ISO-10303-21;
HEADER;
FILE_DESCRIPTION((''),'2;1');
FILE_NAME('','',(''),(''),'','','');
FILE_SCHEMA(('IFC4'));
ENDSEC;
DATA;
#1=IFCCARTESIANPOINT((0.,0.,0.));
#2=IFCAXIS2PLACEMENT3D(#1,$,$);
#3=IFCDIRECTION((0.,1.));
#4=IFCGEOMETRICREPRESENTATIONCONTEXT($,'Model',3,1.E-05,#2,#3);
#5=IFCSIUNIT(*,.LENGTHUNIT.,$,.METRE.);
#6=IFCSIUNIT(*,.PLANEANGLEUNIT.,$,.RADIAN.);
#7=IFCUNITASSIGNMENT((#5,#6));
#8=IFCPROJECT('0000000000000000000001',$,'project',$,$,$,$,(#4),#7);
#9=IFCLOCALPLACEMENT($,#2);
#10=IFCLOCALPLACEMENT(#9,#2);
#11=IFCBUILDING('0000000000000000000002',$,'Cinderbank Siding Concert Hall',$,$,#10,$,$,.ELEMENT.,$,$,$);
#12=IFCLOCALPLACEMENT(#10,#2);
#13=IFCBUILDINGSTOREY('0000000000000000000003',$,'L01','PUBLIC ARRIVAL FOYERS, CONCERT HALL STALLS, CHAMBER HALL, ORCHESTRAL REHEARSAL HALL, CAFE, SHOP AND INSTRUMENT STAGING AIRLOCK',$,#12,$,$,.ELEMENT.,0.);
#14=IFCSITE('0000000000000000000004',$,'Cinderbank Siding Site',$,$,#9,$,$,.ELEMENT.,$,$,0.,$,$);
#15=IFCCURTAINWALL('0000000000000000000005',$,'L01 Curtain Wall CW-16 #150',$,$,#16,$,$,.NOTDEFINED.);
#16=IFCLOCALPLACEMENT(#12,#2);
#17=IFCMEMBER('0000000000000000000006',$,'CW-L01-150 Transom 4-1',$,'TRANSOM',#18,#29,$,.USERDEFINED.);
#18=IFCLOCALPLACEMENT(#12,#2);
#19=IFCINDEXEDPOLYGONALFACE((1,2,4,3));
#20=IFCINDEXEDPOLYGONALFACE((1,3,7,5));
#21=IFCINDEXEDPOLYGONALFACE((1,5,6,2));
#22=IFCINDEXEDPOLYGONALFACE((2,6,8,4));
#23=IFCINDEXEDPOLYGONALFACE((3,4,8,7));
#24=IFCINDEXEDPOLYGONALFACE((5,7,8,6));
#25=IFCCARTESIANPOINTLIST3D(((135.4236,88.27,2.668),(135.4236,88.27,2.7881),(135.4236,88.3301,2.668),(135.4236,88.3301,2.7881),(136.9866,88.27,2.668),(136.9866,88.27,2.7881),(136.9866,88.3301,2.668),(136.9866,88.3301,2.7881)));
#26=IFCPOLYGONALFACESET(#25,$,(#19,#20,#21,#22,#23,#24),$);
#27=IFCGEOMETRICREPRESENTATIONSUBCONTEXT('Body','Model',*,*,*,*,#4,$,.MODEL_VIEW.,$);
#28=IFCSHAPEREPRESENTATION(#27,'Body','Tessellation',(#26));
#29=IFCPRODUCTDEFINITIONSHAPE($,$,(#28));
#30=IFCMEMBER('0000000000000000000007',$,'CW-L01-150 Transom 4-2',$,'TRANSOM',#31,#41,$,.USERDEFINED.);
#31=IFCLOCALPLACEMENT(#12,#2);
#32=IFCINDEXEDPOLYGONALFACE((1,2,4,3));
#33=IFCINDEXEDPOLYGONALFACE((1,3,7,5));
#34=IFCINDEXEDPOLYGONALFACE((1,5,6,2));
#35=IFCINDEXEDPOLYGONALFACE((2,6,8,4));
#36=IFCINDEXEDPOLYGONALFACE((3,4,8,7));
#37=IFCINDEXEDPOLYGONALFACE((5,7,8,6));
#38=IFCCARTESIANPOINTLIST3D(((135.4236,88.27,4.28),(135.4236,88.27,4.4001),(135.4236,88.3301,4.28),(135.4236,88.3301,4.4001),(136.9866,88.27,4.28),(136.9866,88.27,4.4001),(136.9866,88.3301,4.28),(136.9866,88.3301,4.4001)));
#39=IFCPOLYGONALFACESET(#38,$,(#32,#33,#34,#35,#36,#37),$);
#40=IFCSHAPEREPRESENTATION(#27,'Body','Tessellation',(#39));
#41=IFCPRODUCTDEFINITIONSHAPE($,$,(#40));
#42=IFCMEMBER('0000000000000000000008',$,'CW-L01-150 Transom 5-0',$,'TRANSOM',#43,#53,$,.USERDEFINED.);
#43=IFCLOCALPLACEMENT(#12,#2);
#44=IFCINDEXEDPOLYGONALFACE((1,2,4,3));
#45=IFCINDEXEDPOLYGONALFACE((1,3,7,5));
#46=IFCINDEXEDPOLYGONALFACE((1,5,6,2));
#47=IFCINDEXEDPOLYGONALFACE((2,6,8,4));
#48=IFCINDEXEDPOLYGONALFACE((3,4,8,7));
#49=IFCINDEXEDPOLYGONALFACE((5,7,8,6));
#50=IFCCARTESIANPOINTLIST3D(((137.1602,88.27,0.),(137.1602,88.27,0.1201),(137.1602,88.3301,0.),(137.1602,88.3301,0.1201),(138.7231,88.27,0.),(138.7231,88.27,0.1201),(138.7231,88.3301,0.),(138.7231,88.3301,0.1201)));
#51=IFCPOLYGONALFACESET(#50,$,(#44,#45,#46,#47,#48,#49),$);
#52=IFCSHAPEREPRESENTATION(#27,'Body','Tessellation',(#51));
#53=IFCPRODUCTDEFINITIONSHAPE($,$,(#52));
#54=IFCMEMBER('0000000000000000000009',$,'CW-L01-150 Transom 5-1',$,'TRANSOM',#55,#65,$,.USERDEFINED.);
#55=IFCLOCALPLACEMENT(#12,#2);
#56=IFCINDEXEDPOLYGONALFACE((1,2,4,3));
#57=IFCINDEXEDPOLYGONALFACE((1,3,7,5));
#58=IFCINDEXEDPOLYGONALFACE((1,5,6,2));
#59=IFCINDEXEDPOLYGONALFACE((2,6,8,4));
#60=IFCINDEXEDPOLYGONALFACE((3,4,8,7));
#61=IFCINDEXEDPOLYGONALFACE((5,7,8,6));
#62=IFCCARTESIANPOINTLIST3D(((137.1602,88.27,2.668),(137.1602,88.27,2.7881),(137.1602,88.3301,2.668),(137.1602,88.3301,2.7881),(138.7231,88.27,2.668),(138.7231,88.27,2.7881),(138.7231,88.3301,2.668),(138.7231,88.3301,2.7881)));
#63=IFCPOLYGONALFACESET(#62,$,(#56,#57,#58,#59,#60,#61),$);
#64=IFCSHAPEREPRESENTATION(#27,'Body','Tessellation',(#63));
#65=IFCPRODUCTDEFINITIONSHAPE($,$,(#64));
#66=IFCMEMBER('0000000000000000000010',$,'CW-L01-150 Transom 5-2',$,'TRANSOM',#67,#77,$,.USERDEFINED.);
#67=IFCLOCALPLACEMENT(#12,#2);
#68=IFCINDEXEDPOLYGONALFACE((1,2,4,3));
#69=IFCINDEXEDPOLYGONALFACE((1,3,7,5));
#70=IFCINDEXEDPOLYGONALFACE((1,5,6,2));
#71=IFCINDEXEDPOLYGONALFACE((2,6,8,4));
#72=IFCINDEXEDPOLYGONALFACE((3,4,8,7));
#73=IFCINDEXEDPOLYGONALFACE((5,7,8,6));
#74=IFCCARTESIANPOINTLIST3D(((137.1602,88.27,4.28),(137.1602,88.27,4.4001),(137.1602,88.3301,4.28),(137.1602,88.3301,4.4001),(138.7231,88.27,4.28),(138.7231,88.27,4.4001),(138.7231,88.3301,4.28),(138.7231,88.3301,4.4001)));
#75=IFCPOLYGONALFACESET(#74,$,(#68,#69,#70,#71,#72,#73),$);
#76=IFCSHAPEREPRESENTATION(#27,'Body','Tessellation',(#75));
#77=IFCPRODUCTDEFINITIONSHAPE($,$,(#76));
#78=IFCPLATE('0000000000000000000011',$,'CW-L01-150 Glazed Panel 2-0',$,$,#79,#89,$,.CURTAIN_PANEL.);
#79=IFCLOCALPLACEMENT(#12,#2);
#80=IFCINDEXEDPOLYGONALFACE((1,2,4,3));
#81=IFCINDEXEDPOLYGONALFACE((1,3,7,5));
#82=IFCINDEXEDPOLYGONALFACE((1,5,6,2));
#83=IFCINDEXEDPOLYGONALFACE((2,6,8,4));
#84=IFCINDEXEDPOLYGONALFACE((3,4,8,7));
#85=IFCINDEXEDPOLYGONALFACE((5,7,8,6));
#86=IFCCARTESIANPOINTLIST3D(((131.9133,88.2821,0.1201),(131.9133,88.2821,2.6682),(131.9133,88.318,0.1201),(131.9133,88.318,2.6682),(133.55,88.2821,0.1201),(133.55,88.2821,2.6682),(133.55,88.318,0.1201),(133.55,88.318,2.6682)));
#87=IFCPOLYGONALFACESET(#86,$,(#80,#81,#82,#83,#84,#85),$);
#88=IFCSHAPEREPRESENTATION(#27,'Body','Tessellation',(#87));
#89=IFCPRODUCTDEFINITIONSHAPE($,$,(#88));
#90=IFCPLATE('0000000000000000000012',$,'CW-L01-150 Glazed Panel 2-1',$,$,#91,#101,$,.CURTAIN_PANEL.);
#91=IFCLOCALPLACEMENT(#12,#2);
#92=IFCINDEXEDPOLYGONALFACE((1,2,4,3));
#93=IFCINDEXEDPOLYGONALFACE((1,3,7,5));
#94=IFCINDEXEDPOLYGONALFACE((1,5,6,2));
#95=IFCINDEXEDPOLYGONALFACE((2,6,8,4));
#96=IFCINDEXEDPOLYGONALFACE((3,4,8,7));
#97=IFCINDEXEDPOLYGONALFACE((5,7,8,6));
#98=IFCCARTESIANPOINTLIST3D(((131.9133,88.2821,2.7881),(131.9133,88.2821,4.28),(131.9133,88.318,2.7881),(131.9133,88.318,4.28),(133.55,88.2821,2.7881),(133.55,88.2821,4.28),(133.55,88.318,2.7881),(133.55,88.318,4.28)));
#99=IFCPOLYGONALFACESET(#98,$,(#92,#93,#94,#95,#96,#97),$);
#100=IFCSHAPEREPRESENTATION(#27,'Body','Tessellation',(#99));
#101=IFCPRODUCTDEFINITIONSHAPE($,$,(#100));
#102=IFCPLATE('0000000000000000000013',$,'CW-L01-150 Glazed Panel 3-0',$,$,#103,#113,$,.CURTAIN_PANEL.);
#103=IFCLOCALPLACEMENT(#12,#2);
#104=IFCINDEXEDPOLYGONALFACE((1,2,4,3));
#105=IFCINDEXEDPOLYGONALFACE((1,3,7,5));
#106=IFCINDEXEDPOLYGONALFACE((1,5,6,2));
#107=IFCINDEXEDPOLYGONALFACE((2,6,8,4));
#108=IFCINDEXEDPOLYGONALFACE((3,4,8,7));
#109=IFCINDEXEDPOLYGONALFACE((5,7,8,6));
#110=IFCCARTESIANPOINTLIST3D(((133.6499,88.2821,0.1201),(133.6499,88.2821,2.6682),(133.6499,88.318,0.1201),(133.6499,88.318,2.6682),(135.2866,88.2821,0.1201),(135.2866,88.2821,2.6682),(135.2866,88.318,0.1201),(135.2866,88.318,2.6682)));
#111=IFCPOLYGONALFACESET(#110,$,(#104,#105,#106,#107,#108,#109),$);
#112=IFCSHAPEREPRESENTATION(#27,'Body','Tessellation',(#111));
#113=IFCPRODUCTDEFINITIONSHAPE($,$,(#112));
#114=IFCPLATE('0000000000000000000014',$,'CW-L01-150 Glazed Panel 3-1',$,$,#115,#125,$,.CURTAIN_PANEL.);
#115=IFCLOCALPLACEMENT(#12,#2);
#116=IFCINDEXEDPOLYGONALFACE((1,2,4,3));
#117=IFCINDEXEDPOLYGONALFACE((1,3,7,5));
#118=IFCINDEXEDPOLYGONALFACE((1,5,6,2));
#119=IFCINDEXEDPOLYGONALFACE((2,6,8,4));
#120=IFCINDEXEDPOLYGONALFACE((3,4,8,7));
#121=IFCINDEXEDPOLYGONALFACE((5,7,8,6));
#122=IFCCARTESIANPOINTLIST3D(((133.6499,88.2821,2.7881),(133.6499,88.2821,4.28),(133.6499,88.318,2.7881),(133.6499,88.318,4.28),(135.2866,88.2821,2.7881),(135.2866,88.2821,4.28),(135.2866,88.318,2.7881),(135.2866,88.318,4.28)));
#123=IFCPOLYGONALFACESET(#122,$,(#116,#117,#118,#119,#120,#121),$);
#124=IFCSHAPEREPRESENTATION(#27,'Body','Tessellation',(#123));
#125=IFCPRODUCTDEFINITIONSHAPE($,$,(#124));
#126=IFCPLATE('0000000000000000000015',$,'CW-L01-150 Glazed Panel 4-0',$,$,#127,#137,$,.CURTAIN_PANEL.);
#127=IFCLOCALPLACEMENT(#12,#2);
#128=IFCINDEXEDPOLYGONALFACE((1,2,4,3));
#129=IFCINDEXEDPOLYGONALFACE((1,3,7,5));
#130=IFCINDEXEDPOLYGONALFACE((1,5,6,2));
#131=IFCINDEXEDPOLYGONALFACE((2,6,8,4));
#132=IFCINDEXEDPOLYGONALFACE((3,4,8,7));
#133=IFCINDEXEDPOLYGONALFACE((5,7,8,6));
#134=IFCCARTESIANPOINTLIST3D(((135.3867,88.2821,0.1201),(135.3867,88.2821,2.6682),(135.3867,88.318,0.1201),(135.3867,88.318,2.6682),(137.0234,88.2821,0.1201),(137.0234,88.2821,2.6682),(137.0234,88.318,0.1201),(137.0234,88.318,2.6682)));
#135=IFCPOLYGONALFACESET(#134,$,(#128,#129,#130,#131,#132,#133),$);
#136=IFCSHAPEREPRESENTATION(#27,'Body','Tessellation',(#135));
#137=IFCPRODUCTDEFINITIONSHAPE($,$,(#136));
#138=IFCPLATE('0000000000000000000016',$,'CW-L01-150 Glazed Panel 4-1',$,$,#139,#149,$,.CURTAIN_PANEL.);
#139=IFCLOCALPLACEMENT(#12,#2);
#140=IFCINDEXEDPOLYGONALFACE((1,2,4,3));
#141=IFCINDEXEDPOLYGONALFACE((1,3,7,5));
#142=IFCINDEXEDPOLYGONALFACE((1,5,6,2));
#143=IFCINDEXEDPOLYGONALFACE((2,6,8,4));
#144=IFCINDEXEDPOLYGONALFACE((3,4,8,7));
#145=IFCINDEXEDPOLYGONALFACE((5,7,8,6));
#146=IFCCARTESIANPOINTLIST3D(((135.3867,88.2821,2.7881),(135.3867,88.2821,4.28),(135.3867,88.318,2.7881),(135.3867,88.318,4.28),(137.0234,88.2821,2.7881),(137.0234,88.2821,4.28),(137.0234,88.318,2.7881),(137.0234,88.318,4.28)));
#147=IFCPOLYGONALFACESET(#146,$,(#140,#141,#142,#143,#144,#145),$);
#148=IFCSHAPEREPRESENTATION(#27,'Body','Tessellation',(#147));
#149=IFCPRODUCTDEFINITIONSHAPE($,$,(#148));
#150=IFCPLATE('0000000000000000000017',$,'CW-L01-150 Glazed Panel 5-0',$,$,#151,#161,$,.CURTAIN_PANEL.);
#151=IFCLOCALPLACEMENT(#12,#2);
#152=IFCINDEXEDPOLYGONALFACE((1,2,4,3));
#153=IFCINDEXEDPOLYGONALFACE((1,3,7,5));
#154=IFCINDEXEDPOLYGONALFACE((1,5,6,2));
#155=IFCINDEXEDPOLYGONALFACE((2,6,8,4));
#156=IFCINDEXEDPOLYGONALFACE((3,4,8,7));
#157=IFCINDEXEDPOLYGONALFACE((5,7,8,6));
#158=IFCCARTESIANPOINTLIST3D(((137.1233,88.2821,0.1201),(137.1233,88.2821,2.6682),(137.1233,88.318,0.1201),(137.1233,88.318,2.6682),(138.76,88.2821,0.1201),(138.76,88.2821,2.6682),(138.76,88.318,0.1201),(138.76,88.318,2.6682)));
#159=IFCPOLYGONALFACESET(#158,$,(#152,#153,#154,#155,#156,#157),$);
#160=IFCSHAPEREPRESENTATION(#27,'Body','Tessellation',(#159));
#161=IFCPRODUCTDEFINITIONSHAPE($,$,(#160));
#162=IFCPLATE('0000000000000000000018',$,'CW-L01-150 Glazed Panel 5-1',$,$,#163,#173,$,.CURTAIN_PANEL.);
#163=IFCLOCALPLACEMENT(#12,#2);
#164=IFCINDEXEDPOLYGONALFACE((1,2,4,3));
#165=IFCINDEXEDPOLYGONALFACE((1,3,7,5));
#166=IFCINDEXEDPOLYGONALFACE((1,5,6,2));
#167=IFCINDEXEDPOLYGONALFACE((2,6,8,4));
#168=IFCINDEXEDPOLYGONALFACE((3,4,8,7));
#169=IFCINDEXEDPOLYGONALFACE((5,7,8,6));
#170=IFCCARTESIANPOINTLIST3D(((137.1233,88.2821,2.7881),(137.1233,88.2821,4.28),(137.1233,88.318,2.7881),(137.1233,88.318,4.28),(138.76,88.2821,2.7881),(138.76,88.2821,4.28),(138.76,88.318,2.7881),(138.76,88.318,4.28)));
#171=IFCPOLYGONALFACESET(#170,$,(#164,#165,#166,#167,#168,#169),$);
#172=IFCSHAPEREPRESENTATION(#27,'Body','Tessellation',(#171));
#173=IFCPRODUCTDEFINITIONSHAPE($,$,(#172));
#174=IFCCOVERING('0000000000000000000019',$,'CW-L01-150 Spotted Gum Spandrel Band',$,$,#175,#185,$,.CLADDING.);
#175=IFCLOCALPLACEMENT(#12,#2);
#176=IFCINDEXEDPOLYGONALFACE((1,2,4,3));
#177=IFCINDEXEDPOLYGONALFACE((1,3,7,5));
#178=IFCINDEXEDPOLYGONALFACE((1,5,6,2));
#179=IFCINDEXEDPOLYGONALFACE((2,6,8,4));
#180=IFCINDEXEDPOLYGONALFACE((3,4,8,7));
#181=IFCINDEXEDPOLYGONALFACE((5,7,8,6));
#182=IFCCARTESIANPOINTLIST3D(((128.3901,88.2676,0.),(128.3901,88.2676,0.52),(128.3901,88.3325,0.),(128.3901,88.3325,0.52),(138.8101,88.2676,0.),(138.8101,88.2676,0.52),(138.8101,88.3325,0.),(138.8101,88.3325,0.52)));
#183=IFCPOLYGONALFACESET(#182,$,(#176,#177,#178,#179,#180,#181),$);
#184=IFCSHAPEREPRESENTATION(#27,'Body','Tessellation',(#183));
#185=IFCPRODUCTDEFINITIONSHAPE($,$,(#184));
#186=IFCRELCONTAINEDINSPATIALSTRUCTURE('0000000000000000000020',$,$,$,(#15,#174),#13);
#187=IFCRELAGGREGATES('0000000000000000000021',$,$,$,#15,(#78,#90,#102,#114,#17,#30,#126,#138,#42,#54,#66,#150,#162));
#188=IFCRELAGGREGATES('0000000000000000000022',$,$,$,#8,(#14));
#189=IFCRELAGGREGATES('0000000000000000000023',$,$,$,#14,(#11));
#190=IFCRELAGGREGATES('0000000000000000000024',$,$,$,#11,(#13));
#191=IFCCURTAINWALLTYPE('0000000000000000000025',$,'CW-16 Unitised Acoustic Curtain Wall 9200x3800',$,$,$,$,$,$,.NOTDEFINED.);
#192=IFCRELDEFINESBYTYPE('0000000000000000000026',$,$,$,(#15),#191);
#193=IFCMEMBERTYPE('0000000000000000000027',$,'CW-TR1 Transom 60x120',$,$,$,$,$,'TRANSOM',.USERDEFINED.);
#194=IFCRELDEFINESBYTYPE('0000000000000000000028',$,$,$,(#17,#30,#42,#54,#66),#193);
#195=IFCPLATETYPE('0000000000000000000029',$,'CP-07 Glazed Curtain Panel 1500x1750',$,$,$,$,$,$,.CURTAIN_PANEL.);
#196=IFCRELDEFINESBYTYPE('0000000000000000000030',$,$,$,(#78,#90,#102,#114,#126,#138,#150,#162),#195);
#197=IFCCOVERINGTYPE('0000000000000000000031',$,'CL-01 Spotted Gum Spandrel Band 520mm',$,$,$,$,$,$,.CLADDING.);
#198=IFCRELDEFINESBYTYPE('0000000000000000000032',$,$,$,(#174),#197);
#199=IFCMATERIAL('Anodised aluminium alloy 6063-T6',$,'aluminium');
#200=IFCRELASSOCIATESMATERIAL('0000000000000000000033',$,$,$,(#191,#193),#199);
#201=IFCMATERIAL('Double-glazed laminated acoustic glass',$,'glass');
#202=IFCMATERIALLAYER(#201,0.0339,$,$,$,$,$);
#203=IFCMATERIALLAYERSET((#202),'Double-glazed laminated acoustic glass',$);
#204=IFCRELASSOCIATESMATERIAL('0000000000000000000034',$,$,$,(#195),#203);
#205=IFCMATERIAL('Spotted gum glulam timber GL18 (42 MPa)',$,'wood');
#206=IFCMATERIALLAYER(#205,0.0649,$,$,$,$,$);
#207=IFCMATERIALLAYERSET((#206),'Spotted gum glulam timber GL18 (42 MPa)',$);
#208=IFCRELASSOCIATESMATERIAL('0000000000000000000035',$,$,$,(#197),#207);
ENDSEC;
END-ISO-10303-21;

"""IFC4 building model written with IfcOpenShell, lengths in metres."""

from ifc_helpers import new_model, si_unit, direction, frame, origin, origin_2d, place, context, subcontext, project, spatial, rectangle, extrude, material, layer, layer_set, material_profile, profile_set, type_object, element, aggregate, save


model = new_model("IFC4")

# Units and contexts
model_context = context("Model", 3, precision=1e-05, world=origin(), true_north=direction((0.0, 1.0)))
body_context = subcontext(model_context, "Body", "Model", "MODEL_VIEW")
ifc_project = project(units=[si_unit("LENGTHUNIT", "METRE"), si_unit("PLANEANGLEUNIT", "RADIAN")], contexts=[model_context])

# Site, building, storey
site_placement = place(None, origin())
site = spatial("IfcSite", under=ifc_project, at=site_placement, Name="Cinderbank Siding Site", CompositionType="ELEMENT", RefElevation=0.0)
building_placement = place(site_placement, origin())
building = spatial("IfcBuilding", under=site, at=building_placement, Name="Cinderbank Siding Concert Hall", CompositionType="ELEMENT")
storey_placement = place(building_placement, origin())
storey = spatial("IfcBuildingStorey", under=building, at=storey_placement, Name="L01", Description="PUBLIC ARRIVAL FOYERS, CONCERT HALL STALLS, CHAMBER HALL, ORCHESTRAL REHEARSAL HALL, CAFE, SHOP AND INSTRUMENT STAGING AIRLOCK", CompositionType="ELEMENT", Elevation=0.0)

# Curtain wall, members, plates
ifc_material_1 = material(Name="Anodised aluminium alloy 6063-T6", Category="aluminium")
curtain_wall_type = type_object("IfcCurtainWallType", Name="CW-16 Unitised Acoustic Curtain Wall 9200x3800", PredefinedType="NOTDEFINED", material=ifc_material_1)
curtain_wall_placement = place(storey_placement, origin())
curtain_wall = element("IfcCurtainWall", 1, at=curtain_wall_placement, inside=storey, type_object=curtain_wall_type, Name="L01 Curtain Wall CW-16 #150", PredefinedType="NOTDEFINED")
ifc_material_profile_1 = material_profile(ifc_material_1, rectangle(XDim=0.0601, YDim=0.1201, at=origin_2d()), Name="ALU-TRAN-60x120", Category="LoadBearing")
ifc_profile_set_1 = profile_set([ifc_material_profile_1], Name="Anodised aluminium alloy 6063-T6")
member_type_1 = type_object("IfcMemberType", Name="CW-TR1 Transom 60x120", ElementType="TRANSOM", PredefinedType="USERDEFINED", material=ifc_profile_set_1)
member_1_placement = place(storey_placement, frame((135.4236, 88.3, 2.728), z_axis=(1.0, 0.0, 0.0), x_axis=(0.0, 1.0, 0.0)))
member_1 = element("IfcMember", 2, at=member_1_placement, type_object=member_type_1, Name="CW-L01-150 Transom 4-1", ObjectType="TRANSOM", PredefinedType="USERDEFINED", context=body_context, shape_type="SweptSolid", body=[
    extrude(rectangle(XDim=0.0601, YDim=0.1201, at=origin_2d()), origin(), (0.0, 0.0, 1.0), 1.563),
])
member_2_placement = place(storey_placement, frame((135.4236, 88.3, 4.3401), z_axis=(1.0, 0.0, 0.0), x_axis=(0.0, 1.0, 0.0)))
member_2 = element("IfcMember", 3, at=member_2_placement, type_object=member_type_1, Name="CW-L01-150 Transom 4-2", ObjectType="TRANSOM", PredefinedType="USERDEFINED", context=body_context, shape_type="SweptSolid", body=[
    extrude(rectangle(XDim=0.0601, YDim=0.1201, at=origin_2d()), origin(), (0.0, 0.0, 1.0), 1.563),
])
member_3_placement = place(storey_placement, frame((137.1602, 88.3, 0.0601), z_axis=(1.0, 0.0, 0.0), x_axis=(0.0, 1.0, 0.0)))
member_3 = element("IfcMember", 4, at=member_3_placement, type_object=member_type_1, Name="CW-L01-150 Transom 5-0", ObjectType="TRANSOM", PredefinedType="USERDEFINED", context=body_context, shape_type="SweptSolid", body=[
    extrude(rectangle(XDim=0.0601, YDim=0.1201, at=origin_2d()), origin(), (0.0, 0.0, 1.0), 1.563),
])
member_4_placement = place(storey_placement, frame((137.1602, 88.3, 2.728), z_axis=(1.0, 0.0, 0.0), x_axis=(0.0, 1.0, 0.0)))
member_4 = element("IfcMember", 5, at=member_4_placement, type_object=member_type_1, Name="CW-L01-150 Transom 5-1", ObjectType="TRANSOM", PredefinedType="USERDEFINED", context=body_context, shape_type="SweptSolid", body=[
    extrude(rectangle(XDim=0.0601, YDim=0.1201, at=origin_2d()), origin(), (0.0, 0.0, 1.0), 1.563),
])
member_5_placement = place(storey_placement, frame((137.1602, 88.3, 4.3401), z_axis=(1.0, 0.0, 0.0), x_axis=(0.0, 1.0, 0.0)))
member_5 = element("IfcMember", 6, at=member_5_placement, type_object=member_type_1, Name="CW-L01-150 Transom 5-2", ObjectType="TRANSOM", PredefinedType="USERDEFINED", context=body_context, shape_type="SweptSolid", body=[
    extrude(rectangle(XDim=0.0601, YDim=0.1201, at=origin_2d()), origin(), (0.0, 0.0, 1.0), 1.563),
])
ifc_material_2 = material(Name="Double-glazed laminated acoustic glass", Category="glass")
ifc_layer_1 = layer(ifc_material_2, 0.0339)
ifc_layer_set_1 = layer_set([ifc_layer_1], Name="Double-glazed laminated acoustic glass")
plate_type = type_object("IfcPlateType", Name="CP-07 Glazed Curtain Panel 1500x1750", PredefinedType="CURTAIN_PANEL", material=ifc_layer_set_1)
plate_1_placement = place(storey_placement, frame((132.7317, 88.3, 0.1201), z_axis=(0.0, 0.0, 1.0), x_axis=(1.0, 0.0, 0.0)))
plate_1 = element("IfcPlate", 7, at=plate_1_placement, type_object=plate_type, Name="CW-L01-150 Glazed Panel 2-0", PredefinedType="CURTAIN_PANEL", context=body_context, shape_type="SweptSolid", body=[
    extrude(rectangle(XDim=1.6367, YDim=0.0359, at=origin_2d()), origin(), (0.0, 0.0, 1.0), 2.5481),
])
plate_2_placement = place(storey_placement, frame((132.7317, 88.3, 2.7881), z_axis=(0.0, 0.0, 1.0), x_axis=(1.0, 0.0, 0.0)))
plate_2 = element("IfcPlate", 8, at=plate_2_placement, type_object=plate_type, Name="CW-L01-150 Glazed Panel 2-1", PredefinedType="CURTAIN_PANEL", context=body_context, shape_type="SweptSolid", body=[
    extrude(rectangle(XDim=1.6367, YDim=0.0359, at=origin_2d()), origin(), (0.0, 0.0, 1.0), 1.4919),
])
plate_3_placement = place(storey_placement, frame((134.4683, 88.3, 0.1201), z_axis=(0.0, 0.0, 1.0), x_axis=(1.0, 0.0, 0.0)))
plate_3 = element("IfcPlate", 9, at=plate_3_placement, type_object=plate_type, Name="CW-L01-150 Glazed Panel 3-0", PredefinedType="CURTAIN_PANEL", context=body_context, shape_type="SweptSolid", body=[
    extrude(rectangle(XDim=1.6367, YDim=0.0359, at=origin_2d()), origin(), (0.0, 0.0, 1.0), 2.5481),
])
plate_4_placement = place(storey_placement, frame((134.4683, 88.3, 2.7881), z_axis=(0.0, 0.0, 1.0), x_axis=(1.0, 0.0, 0.0)))
plate_4 = element("IfcPlate", 10, at=plate_4_placement, type_object=plate_type, Name="CW-L01-150 Glazed Panel 3-1", PredefinedType="CURTAIN_PANEL", context=body_context, shape_type="SweptSolid", body=[
    extrude(rectangle(XDim=1.6367, YDim=0.0359, at=origin_2d()), origin(), (0.0, 0.0, 1.0), 1.4919),
])
plate_5_placement = place(storey_placement, frame((136.2051, 88.3, 0.1201), z_axis=(0.0, 0.0, 1.0), x_axis=(1.0, 0.0, 0.0)))
plate_5 = element("IfcPlate", 11, at=plate_5_placement, type_object=plate_type, Name="CW-L01-150 Glazed Panel 4-0", PredefinedType="CURTAIN_PANEL", context=body_context, shape_type="SweptSolid", body=[
    extrude(rectangle(XDim=1.6367, YDim=0.0359, at=origin_2d()), origin(), (0.0, 0.0, 1.0), 2.5481),
])
plate_6_placement = place(storey_placement, frame((136.2051, 88.3, 2.7881), z_axis=(0.0, 0.0, 1.0), x_axis=(1.0, 0.0, 0.0)))
plate_6 = element("IfcPlate", 12, at=plate_6_placement, type_object=plate_type, Name="CW-L01-150 Glazed Panel 4-1", PredefinedType="CURTAIN_PANEL", context=body_context, shape_type="SweptSolid", body=[
    extrude(rectangle(XDim=1.6367, YDim=0.0359, at=origin_2d()), origin(), (0.0, 0.0, 1.0), 1.4919),
])
plate_7_placement = place(storey_placement, frame((137.9417, 88.3, 0.1201), z_axis=(0.0, 0.0, 1.0), x_axis=(1.0, 0.0, 0.0)))
plate_7 = element("IfcPlate", 13, at=plate_7_placement, type_object=plate_type, Name="CW-L01-150 Glazed Panel 5-0", PredefinedType="CURTAIN_PANEL", context=body_context, shape_type="SweptSolid", body=[
    extrude(rectangle(XDim=1.6367, YDim=0.0359, at=origin_2d()), origin(), (0.0, 0.0, 1.0), 2.5481),
])
plate_8_placement = place(storey_placement, frame((137.9417, 88.3, 2.7881), z_axis=(0.0, 0.0, 1.0), x_axis=(1.0, 0.0, 0.0)))
plate_8 = element("IfcPlate", 14, at=plate_8_placement, type_object=plate_type, Name="CW-L01-150 Glazed Panel 5-1", PredefinedType="CURTAIN_PANEL", context=body_context, shape_type="SweptSolid", body=[
    extrude(rectangle(XDim=1.6367, YDim=0.0359, at=origin_2d()), origin(), (0.0, 0.0, 1.0), 1.4919),
])
aggregate(curtain_wall, [plate_1, plate_2, plate_3, plate_4, member_1, member_2, plate_5, plate_6, member_3, member_4, member_5, plate_7, plate_8])

# Covering
ifc_material_3 = material(Name="Spotted gum glulam timber GL18 (42 MPa)", Category="wood")
ifc_layer_2 = layer(ifc_material_3, 0.0649)
ifc_layer_set_2 = layer_set([ifc_layer_2], Name="Spotted gum glulam timber GL18 (42 MPa)")
covering_type = type_object("IfcCoveringType", Name="CL-01 Spotted Gum Spandrel Band 520mm", PredefinedType="CLADDING", material=ifc_layer_set_2)
covering_placement = place(storey_placement, frame((133.6001, 88.3, 0.0), z_axis=(0.0, 0.0, 1.0), x_axis=(1.0, 0.0, 0.0)))
element("IfcCovering", 15, at=covering_placement, inside=storey, type_object=covering_type, Name="CW-L01-150 Spotted Gum Spandrel Band", PredefinedType="CLADDING", context=body_context, shape_type="SweptSolid", body=[
    extrude(rectangle(XDim=10.4199, YDim=0.0649, at=origin_2d()), origin(), (0.0, 0.0, 1.0), 0.52),
])

save(model, "model.ifc")
